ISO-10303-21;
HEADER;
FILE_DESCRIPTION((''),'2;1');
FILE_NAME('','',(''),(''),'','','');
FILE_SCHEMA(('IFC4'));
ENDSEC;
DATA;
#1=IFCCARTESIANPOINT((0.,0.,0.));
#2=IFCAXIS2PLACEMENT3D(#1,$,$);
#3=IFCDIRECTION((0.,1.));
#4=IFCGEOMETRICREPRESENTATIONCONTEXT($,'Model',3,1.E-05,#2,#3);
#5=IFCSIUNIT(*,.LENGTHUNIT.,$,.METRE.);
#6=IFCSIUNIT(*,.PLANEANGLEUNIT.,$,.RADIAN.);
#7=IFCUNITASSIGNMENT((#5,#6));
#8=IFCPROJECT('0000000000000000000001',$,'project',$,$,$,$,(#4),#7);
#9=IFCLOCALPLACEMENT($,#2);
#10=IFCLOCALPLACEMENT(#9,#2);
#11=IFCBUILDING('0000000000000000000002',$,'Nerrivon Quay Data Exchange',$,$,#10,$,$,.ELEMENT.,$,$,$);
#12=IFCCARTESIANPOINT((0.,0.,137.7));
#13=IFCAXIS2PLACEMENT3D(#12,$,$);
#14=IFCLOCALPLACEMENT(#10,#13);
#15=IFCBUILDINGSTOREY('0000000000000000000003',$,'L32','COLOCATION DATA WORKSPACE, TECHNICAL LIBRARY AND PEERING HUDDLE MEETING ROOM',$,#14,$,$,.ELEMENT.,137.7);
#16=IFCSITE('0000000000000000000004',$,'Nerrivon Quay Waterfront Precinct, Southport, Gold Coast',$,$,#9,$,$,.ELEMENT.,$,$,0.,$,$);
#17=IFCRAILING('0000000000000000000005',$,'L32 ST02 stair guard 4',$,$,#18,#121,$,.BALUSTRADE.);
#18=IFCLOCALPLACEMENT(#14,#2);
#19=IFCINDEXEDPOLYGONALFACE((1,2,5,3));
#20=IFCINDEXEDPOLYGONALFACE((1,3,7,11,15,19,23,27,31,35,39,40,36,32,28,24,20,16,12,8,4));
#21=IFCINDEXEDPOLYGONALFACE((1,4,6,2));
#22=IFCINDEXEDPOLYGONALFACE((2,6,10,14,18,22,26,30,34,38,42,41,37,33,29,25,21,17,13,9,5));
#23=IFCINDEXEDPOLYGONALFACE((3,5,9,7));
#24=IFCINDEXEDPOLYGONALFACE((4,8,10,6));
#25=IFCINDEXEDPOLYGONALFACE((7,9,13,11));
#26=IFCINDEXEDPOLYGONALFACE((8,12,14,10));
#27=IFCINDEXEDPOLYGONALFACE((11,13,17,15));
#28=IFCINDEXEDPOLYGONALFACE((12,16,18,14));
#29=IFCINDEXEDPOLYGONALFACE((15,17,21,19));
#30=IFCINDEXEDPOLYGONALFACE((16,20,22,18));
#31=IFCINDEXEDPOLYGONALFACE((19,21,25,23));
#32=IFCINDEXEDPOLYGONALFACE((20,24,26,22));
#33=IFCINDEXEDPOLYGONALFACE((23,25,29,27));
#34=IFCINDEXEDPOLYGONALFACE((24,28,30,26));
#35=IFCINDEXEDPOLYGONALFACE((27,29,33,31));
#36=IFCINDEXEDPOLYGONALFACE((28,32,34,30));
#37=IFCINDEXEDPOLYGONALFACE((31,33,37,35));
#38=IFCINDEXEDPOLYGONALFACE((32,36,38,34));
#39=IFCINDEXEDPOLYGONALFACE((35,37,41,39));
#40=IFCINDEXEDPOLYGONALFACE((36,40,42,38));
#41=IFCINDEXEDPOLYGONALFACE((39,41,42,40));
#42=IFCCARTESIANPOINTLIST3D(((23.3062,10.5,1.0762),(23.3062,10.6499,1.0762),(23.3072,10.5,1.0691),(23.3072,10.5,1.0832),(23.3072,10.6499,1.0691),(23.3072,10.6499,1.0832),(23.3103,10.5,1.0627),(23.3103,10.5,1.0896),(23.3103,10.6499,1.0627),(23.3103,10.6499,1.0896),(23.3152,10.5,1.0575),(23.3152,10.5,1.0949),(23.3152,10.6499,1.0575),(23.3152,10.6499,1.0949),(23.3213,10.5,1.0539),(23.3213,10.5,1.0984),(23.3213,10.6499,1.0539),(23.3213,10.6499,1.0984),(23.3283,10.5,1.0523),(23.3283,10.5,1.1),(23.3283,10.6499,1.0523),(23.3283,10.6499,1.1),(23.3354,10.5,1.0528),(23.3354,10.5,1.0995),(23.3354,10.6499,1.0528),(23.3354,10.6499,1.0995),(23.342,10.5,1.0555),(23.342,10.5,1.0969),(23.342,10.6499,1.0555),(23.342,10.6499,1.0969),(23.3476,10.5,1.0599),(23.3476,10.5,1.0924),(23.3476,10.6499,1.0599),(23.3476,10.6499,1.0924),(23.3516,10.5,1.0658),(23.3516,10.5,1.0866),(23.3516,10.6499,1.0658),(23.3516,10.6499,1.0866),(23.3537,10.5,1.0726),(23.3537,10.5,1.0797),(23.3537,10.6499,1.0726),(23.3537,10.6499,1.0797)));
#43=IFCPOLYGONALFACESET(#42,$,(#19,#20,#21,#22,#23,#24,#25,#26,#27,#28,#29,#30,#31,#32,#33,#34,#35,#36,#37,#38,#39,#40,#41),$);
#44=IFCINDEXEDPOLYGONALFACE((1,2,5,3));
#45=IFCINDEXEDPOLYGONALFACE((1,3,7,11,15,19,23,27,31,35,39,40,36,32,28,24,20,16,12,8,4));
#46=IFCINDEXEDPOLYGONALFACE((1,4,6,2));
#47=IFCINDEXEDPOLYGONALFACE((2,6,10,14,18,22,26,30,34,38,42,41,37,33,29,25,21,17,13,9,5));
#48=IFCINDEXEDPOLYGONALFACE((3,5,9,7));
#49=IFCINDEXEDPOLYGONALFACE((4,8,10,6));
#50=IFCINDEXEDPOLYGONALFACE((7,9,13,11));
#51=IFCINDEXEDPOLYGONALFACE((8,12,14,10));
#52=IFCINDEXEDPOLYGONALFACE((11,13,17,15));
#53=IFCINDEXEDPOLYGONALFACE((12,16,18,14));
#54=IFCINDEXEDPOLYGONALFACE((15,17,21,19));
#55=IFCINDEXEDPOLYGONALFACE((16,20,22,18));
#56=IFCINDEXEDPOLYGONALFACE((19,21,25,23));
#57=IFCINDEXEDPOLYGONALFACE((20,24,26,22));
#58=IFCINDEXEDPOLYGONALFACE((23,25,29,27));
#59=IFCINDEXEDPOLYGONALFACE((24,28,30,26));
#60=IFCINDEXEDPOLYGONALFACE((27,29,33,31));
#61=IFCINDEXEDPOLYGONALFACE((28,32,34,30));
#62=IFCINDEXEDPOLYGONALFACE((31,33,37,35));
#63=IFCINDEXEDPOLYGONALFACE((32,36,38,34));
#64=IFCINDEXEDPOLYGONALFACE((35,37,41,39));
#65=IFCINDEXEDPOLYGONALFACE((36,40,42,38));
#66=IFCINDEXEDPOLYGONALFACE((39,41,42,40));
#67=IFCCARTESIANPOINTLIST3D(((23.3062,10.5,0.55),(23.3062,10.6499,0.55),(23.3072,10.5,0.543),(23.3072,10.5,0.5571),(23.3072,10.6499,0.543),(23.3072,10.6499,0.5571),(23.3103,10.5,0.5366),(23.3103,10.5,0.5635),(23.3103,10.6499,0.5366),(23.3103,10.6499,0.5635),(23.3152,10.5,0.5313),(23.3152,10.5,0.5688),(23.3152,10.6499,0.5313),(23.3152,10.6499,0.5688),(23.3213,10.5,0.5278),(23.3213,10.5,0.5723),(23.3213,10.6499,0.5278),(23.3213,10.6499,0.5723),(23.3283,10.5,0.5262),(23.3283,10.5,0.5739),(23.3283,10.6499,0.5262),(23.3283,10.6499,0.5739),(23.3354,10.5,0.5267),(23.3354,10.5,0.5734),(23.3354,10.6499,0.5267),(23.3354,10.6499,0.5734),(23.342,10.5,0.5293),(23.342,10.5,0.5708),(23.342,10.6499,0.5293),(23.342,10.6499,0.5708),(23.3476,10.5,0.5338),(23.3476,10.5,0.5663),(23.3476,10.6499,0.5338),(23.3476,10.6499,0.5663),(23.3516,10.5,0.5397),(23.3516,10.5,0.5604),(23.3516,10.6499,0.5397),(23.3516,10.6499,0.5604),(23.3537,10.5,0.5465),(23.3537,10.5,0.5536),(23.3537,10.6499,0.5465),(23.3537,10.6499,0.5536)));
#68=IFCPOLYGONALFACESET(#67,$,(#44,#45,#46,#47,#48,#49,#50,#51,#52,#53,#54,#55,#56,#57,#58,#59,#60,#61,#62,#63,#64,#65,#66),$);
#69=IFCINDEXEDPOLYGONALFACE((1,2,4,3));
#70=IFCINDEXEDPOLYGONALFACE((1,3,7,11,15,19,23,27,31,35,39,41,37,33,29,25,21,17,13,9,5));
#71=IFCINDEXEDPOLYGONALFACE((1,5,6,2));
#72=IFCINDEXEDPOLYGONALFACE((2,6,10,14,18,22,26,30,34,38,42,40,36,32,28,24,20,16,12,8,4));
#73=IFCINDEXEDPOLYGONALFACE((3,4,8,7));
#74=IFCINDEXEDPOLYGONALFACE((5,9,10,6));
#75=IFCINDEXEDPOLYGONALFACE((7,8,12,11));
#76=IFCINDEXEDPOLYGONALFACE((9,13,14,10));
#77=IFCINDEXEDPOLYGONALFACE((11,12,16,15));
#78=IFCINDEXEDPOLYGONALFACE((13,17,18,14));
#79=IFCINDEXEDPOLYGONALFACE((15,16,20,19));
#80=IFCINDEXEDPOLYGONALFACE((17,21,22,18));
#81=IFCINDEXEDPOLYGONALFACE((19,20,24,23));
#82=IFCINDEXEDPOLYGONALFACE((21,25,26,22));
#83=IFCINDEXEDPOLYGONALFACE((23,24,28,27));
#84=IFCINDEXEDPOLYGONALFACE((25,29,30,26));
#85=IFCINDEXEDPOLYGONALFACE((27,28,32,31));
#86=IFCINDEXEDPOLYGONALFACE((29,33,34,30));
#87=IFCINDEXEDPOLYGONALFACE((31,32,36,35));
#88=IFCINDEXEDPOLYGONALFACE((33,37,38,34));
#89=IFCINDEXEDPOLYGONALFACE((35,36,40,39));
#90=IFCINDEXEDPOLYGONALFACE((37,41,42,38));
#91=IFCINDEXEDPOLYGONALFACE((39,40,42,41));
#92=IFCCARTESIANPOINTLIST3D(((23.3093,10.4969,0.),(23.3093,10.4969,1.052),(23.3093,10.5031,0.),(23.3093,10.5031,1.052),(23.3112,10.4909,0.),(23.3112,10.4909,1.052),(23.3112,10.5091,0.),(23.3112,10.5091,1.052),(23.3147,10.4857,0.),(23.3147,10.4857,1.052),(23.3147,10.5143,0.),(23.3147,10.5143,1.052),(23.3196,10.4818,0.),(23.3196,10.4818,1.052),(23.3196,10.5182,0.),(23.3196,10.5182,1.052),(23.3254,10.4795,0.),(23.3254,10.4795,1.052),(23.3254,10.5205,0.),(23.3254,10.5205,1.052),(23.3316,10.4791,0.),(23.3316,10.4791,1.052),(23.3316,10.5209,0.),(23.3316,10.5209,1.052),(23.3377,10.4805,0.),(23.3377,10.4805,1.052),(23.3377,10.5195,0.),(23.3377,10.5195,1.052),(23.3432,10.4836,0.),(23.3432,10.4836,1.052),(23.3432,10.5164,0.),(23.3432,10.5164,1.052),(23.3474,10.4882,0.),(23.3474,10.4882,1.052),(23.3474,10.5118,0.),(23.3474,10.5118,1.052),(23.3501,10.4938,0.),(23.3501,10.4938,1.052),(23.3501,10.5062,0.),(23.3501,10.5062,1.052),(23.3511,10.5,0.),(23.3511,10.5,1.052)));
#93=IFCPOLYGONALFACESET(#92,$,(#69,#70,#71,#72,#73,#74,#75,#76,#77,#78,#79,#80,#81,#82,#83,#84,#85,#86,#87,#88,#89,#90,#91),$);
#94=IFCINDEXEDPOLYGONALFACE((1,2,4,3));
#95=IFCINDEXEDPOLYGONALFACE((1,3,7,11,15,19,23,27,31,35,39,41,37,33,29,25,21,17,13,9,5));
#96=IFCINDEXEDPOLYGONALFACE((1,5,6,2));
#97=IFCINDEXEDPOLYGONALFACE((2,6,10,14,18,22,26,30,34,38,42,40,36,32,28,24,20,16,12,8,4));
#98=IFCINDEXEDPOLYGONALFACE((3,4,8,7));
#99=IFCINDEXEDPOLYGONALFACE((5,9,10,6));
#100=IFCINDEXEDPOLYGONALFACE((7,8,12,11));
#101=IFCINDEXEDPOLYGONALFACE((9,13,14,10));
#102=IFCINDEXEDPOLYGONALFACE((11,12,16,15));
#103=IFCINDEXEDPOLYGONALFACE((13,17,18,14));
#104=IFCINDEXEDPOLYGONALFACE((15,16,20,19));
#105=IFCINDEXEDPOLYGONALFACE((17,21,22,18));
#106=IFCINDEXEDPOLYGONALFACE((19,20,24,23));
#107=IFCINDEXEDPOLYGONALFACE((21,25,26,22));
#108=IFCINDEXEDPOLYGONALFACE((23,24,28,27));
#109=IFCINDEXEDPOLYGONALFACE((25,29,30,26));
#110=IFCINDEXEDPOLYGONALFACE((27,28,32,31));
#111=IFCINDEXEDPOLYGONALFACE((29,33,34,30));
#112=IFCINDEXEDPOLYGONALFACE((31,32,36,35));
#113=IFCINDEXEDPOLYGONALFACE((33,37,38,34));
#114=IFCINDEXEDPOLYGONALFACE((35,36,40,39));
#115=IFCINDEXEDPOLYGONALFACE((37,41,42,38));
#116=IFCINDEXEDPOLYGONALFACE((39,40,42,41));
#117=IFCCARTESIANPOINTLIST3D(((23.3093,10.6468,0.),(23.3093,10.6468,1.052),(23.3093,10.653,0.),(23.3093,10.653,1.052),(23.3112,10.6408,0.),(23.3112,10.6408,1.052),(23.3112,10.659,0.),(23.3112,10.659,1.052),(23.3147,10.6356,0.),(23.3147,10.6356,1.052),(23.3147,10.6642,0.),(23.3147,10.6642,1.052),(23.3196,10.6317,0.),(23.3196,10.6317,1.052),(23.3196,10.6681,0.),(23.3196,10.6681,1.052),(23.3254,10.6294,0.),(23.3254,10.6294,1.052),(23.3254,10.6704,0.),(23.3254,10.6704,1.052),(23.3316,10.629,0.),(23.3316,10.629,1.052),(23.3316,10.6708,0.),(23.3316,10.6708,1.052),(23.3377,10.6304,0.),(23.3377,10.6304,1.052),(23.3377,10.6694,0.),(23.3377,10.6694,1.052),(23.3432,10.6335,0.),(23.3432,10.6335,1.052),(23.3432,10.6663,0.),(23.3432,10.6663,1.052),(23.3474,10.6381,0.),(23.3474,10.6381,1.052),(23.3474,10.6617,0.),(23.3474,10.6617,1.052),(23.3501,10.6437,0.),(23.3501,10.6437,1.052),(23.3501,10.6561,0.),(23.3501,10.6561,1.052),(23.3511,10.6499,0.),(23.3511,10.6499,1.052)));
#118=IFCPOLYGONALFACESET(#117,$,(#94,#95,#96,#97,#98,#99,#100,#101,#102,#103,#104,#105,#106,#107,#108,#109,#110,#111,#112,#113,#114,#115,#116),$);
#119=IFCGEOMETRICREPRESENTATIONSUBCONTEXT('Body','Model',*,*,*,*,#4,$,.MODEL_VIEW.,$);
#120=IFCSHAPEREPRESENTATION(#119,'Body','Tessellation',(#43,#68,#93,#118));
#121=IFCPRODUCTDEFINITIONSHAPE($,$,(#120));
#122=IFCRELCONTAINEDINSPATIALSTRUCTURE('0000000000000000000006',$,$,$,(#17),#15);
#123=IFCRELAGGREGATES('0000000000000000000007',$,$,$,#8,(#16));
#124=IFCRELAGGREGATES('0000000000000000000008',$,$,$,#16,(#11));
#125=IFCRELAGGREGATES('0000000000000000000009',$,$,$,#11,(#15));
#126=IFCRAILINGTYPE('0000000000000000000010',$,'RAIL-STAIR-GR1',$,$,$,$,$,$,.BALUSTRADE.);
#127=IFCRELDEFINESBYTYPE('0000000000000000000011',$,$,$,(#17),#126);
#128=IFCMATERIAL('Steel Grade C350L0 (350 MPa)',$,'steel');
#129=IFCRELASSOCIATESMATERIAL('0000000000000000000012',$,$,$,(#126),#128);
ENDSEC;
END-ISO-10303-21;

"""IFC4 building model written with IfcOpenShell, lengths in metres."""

from ifc_helpers import new_model, si_unit, direction, frame, origin, origin_2d, place, context, subcontext, project, spatial, circle, extrude, material, type_object, element, save


model = new_model("IFC4")

# Units and contexts
model_context = context("Model", 3, precision=1e-05, world=origin(), true_north=direction((0.0, 1.0)))
body_context = subcontext(model_context, "Body", "Model", "MODEL_VIEW")
ifc_project = project(units=[si_unit("LENGTHUNIT", "METRE"), si_unit("PLANEANGLEUNIT", "RADIAN")], contexts=[model_context])

# Site, building, storey
site_placement = place(None, origin())
site = spatial("IfcSite", under=ifc_project, at=site_placement, Name="Nerrivon Quay Waterfront Precinct, Southport, Gold Coast", CompositionType="ELEMENT", RefElevation=0.0)
building_placement = place(site_placement, origin())
building = spatial("IfcBuilding", under=site, at=building_placement, Name="Nerrivon Quay Data Exchange", CompositionType="ELEMENT")
storey_placement = place(building_placement, frame((0.0, 0.0, 137.7)))
storey = spatial("IfcBuildingStorey", under=building, at=storey_placement, Name="L32", Description="COLOCATION DATA WORKSPACE, TECHNICAL LIBRARY AND PEERING HUDDLE MEETING ROOM", CompositionType="ELEMENT", Elevation=137.7)

# Railing
ifc_material_1 = material(Name="Steel Grade C350L0 (350 MPa)", Category="steel")
railing_type_1 = type_object("IfcRailingType", Name="RAIL-STAIR-GR1", PredefinedType="BALUSTRADE", material=ifc_material_1)
railing_1_placement = place(storey_placement, frame((23.3301, 10.5, 0.0)))
element("IfcRailing", 1, at=railing_1_placement, inside=storey, type_object=railing_type_1, Name="L32 ST02 stair guard 4", PredefinedType="BALUSTRADE", context=body_context, shape_type="SweptSolid", body=[
    extrude(circle(Radius=0.0239, at=origin_2d()), frame((0.0, 0.0, 1.0762), z_axis=(0.0, 1.0, 0.0), x_axis=(-1.0, 0.0, 0.0)), (0.0, 0.0, 1.0), 0.1499),
    extrude(circle(Radius=0.0239, at=origin_2d()), frame((0.0, 0.0, 0.55), z_axis=(0.0, 1.0, 0.0), x_axis=(-1.0, 0.0, 0.0)), (0.0, 0.0, 1.0), 0.1499),
    extrude(circle(Radius=0.021, at=origin_2d()), origin(), (0.0, 0.0, 1.0), 1.052),
    extrude(circle(Radius=0.021, at=origin_2d()), frame((0.0, 0.1499, 0.0)), (0.0, 0.0, 1.0), 1.052),
])

save(model, "model.ifc")
